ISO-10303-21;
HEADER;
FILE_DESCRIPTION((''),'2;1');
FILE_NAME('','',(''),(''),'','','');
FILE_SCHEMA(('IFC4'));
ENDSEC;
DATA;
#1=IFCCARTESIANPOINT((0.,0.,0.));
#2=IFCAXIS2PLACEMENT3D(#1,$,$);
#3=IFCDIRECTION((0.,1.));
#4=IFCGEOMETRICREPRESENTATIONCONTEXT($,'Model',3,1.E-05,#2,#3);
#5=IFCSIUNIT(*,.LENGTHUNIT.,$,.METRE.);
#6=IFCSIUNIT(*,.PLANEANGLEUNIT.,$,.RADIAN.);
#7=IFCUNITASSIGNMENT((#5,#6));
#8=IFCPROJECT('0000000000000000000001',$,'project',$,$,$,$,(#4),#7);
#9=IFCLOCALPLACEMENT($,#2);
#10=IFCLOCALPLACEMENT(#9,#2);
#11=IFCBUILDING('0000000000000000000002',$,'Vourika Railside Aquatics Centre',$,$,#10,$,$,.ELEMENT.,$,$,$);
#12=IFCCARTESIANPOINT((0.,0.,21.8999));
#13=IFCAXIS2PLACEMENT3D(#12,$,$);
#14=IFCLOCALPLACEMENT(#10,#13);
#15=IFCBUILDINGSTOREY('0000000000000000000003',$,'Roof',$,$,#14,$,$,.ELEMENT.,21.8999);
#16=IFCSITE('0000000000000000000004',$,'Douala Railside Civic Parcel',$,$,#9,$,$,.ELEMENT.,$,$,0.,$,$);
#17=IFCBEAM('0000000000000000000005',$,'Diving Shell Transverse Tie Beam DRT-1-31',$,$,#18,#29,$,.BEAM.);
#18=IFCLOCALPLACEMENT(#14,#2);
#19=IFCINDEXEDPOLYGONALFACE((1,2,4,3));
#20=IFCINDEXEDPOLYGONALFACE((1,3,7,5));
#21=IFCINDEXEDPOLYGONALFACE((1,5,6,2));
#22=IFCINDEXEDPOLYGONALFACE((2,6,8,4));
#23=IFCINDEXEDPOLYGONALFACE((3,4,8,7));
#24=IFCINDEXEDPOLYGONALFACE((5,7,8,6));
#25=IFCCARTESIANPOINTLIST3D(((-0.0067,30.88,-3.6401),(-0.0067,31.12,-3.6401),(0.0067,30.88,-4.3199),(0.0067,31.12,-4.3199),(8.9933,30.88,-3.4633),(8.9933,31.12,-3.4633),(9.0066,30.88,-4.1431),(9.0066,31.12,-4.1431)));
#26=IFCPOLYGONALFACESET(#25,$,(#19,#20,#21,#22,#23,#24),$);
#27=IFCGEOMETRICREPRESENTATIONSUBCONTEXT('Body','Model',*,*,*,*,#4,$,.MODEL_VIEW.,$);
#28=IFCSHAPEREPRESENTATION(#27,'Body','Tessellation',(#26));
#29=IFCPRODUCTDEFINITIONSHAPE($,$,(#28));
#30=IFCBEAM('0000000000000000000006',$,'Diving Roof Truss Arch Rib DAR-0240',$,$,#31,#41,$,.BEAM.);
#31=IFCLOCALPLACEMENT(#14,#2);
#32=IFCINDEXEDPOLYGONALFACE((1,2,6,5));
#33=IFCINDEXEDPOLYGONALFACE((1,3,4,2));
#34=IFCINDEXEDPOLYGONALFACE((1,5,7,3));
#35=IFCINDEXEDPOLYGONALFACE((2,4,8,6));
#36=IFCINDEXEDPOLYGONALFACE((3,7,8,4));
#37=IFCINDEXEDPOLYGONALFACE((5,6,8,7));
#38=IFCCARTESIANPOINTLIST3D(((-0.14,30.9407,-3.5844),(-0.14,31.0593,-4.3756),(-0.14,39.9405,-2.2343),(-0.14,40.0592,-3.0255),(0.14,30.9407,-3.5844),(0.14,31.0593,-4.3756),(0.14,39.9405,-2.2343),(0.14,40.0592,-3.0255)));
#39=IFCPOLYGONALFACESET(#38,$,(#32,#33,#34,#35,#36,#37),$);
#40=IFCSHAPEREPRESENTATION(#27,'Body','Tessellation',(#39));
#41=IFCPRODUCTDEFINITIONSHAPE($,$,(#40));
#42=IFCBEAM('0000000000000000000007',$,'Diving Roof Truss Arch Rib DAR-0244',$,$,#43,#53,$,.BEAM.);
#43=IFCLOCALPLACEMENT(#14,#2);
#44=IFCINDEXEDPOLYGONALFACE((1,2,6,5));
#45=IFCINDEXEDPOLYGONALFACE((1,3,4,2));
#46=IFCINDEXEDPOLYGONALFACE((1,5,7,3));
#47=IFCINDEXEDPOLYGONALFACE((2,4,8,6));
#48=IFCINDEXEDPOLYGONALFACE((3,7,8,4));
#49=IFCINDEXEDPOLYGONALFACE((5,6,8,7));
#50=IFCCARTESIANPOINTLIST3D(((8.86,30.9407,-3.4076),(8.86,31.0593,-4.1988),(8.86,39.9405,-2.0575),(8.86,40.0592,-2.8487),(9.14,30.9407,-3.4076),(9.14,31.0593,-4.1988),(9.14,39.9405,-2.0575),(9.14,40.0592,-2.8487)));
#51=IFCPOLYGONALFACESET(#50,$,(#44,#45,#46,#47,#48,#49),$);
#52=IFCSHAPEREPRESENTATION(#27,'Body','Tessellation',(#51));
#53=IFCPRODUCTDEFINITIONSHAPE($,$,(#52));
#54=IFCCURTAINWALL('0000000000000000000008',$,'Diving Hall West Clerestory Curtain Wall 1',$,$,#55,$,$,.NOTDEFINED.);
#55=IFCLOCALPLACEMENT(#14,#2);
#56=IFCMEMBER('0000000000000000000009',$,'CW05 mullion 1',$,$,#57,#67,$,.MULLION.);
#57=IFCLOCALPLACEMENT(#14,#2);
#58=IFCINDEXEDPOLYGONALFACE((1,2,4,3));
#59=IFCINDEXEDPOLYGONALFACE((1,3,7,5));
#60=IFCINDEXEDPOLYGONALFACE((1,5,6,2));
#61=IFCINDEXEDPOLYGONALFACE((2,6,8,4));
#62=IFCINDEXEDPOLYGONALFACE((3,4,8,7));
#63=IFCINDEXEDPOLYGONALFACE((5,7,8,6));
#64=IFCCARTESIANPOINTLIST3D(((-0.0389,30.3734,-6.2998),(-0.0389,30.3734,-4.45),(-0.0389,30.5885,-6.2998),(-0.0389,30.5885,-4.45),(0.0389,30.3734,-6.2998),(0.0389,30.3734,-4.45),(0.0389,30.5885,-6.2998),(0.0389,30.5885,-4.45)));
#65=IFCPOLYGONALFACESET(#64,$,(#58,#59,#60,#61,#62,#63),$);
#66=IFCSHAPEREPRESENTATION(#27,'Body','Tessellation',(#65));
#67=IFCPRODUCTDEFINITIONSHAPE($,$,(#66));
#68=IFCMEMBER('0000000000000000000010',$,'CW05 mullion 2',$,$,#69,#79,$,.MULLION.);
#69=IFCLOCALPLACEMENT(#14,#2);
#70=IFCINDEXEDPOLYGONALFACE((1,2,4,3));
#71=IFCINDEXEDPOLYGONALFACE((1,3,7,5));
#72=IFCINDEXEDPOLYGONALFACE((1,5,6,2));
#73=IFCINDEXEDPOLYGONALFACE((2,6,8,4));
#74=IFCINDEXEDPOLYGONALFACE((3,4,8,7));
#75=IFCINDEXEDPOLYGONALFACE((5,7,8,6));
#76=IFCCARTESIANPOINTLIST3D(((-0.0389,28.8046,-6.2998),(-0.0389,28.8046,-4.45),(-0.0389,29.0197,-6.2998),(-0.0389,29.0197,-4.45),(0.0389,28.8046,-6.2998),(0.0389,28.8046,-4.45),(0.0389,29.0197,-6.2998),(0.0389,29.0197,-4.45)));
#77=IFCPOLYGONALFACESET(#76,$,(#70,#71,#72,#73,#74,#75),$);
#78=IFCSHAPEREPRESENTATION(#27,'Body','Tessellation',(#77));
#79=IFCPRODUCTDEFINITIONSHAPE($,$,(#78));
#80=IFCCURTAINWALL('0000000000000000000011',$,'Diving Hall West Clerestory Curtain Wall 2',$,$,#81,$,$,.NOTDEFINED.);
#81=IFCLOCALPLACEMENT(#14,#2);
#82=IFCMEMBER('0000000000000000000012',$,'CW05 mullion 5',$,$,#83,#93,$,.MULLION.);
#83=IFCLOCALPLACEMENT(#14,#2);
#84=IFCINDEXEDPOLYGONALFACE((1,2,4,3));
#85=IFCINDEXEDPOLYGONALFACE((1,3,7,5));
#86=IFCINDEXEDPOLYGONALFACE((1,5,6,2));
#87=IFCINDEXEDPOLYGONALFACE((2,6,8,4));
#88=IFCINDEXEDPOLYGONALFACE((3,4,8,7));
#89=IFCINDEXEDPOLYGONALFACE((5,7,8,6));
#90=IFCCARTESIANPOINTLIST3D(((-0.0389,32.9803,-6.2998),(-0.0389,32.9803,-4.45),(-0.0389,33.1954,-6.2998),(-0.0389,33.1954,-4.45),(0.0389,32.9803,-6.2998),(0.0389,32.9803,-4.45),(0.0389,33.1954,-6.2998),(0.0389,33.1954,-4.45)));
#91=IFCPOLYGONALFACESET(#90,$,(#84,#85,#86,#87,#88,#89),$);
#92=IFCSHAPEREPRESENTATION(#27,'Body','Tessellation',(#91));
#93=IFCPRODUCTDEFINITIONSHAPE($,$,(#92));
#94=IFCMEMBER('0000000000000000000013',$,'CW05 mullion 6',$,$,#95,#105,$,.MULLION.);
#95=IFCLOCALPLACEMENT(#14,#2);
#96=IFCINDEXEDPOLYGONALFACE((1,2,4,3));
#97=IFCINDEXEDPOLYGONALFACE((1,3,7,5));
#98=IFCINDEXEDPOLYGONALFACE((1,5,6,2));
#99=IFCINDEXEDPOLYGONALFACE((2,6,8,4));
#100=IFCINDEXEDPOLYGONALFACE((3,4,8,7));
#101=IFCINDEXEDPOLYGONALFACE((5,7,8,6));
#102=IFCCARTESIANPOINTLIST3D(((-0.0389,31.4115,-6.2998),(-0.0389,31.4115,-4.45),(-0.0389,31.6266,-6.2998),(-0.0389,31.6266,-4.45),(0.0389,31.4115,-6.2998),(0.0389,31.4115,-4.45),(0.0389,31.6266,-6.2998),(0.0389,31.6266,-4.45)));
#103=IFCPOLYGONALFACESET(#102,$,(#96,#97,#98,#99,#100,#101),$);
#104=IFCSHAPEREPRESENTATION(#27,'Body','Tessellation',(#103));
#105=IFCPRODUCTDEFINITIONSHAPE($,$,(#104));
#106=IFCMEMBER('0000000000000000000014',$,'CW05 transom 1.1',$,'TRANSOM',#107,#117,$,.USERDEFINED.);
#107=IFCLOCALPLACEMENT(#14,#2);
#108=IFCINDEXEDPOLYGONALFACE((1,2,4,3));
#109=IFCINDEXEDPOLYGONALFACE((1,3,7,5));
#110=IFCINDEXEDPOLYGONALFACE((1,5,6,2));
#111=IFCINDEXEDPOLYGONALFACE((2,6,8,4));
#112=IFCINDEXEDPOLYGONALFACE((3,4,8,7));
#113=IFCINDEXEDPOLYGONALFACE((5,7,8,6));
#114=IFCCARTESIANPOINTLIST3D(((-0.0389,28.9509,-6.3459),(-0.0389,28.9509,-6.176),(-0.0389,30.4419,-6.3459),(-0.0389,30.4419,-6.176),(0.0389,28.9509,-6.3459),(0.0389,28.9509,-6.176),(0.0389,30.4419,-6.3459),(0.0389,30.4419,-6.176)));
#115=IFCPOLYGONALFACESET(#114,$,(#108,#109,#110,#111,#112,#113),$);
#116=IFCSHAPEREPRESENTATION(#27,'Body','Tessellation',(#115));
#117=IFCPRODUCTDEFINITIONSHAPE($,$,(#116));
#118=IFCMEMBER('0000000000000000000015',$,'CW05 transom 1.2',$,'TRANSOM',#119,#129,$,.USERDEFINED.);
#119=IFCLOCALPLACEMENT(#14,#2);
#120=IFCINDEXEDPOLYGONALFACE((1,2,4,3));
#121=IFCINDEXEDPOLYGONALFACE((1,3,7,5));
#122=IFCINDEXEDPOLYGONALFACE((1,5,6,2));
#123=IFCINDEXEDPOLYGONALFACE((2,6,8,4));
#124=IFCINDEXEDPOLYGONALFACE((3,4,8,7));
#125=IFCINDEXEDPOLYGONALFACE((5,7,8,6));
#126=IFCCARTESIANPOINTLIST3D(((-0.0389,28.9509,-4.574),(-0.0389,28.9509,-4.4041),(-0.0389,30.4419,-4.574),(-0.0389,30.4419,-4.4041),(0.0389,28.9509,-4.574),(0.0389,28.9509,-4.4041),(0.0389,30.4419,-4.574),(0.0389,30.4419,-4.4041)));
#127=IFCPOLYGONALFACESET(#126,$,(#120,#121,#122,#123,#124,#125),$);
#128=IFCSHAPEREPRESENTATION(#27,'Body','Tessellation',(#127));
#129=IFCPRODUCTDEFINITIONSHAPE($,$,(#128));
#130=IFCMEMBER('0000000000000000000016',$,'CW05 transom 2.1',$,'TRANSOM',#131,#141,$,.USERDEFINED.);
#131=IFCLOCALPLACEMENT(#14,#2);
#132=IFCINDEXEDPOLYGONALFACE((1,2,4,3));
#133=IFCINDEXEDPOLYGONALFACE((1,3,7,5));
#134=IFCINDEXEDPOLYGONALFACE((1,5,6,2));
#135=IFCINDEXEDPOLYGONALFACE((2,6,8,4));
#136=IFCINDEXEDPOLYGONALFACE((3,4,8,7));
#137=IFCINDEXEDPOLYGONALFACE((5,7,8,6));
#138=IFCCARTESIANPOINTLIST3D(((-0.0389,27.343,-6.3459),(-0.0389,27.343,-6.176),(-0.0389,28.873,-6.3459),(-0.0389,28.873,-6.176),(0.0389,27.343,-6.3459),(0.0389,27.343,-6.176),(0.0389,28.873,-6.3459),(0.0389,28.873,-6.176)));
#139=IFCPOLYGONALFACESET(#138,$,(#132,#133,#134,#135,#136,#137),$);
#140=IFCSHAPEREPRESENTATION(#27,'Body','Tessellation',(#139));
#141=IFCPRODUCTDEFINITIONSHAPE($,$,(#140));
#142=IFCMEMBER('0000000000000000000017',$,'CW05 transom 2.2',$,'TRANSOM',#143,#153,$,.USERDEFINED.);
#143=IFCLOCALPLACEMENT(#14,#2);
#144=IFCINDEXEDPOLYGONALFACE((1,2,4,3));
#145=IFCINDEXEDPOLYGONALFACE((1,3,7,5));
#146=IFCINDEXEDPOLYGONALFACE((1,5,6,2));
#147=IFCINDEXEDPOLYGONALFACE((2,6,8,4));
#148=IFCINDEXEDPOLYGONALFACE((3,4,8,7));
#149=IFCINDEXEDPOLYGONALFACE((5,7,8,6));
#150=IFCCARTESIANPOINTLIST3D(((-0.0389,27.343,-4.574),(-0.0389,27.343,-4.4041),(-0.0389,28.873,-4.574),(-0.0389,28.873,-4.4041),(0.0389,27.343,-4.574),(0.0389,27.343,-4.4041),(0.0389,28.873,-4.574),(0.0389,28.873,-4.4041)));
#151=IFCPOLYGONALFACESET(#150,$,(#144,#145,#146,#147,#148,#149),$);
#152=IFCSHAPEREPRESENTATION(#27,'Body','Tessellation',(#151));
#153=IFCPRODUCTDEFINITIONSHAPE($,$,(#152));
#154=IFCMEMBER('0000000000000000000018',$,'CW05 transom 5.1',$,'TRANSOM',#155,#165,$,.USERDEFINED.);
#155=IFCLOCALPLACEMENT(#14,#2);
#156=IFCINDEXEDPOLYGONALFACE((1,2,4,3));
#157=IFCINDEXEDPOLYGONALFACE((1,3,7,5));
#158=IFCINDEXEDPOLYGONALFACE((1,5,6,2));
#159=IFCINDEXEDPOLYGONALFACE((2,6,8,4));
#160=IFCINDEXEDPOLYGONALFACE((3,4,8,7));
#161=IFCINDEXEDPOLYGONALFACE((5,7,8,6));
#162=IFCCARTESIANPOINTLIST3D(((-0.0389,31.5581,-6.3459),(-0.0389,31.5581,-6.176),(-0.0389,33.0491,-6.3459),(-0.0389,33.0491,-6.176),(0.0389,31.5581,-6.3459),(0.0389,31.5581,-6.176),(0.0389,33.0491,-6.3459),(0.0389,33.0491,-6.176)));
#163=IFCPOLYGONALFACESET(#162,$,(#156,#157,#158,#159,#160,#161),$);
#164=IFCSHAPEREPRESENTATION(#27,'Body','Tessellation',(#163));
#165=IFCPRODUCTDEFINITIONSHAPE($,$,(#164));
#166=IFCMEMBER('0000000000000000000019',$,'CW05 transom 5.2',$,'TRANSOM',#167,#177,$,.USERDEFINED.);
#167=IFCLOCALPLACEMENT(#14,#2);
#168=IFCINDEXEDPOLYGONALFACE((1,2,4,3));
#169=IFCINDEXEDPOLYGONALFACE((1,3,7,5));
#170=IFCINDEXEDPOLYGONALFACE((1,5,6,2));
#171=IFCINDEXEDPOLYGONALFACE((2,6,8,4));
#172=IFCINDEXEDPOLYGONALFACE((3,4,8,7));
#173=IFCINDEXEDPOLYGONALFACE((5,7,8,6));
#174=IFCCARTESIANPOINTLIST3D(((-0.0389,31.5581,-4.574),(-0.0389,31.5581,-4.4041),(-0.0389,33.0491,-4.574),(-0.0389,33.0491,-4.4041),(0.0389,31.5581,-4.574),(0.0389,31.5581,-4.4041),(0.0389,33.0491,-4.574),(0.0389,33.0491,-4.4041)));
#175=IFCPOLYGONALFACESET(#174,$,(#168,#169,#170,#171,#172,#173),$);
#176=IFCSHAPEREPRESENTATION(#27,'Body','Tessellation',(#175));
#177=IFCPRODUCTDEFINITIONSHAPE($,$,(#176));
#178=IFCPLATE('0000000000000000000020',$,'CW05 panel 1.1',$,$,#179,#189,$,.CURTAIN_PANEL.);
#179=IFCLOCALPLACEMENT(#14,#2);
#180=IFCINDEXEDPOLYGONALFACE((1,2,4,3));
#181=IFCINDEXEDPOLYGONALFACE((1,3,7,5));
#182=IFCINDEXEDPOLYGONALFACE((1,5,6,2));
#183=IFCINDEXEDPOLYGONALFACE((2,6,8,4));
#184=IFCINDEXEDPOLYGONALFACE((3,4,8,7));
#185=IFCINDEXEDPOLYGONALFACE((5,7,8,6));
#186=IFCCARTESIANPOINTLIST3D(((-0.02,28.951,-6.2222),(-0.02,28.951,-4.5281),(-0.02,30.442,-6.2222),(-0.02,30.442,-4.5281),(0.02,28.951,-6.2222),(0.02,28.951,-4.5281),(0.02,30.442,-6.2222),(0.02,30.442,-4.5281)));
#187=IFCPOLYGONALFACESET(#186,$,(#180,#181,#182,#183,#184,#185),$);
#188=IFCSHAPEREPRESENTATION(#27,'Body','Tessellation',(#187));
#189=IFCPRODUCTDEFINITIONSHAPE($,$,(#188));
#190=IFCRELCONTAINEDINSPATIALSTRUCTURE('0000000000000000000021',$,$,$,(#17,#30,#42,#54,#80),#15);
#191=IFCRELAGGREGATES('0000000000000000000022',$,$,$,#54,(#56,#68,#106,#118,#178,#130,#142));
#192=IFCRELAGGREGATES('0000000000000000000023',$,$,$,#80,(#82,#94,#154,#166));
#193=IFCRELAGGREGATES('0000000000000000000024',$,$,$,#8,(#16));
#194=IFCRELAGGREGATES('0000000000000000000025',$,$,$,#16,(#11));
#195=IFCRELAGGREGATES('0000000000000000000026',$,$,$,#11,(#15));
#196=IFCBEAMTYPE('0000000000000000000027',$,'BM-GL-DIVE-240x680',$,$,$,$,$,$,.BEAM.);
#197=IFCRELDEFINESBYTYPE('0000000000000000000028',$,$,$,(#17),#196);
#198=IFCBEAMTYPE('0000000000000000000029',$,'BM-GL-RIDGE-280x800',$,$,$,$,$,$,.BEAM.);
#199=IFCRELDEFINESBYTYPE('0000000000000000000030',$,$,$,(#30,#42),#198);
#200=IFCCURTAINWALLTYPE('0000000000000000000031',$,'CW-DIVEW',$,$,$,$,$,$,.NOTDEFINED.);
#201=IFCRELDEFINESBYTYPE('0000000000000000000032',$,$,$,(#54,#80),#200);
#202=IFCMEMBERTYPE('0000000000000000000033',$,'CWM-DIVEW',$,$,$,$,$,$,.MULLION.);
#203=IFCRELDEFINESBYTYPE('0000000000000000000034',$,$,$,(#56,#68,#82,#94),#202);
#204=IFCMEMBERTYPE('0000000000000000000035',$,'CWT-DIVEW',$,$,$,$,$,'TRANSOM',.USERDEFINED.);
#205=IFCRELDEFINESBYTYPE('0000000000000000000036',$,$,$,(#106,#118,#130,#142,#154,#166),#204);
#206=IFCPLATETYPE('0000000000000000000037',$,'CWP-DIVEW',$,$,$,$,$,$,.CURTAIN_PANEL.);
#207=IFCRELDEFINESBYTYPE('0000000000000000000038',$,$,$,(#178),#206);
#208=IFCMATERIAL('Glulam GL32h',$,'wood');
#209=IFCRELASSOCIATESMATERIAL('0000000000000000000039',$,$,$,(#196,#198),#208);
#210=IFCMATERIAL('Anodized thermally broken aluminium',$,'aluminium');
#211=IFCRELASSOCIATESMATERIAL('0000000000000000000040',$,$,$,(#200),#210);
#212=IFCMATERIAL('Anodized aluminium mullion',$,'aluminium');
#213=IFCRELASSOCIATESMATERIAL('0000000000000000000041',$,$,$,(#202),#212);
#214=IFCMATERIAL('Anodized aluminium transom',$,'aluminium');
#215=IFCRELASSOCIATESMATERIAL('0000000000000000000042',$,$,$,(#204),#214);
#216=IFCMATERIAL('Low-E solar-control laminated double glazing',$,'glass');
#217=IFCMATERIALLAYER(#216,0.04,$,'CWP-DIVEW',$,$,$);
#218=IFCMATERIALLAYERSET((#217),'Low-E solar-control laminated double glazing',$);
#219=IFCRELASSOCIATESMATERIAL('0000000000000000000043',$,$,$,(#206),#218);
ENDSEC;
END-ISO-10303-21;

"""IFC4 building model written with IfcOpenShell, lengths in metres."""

from ifc_helpers import new_model, si_unit, direction, frame, origin, origin_2d, place, context, subcontext, project, spatial, rectangle, extrude, material, layer, layer_set, material_profile, profile_set, type_object, element, aggregate, save


model = new_model("IFC4")

# Units and contexts
model_context = context("Model", 3, precision=1e-05, world=origin(), true_north=direction((0.0, 1.0)))
body_context = subcontext(model_context, "Body", "Model", "MODEL_VIEW")
ifc_project = project(units=[si_unit("LENGTHUNIT", "METRE"), si_unit("PLANEANGLEUNIT", "RADIAN")], contexts=[model_context])

# Site, building, storey
site_placement = place(None, origin())
site = spatial("IfcSite", under=ifc_project, at=site_placement, Name="Douala Railside Civic Parcel", CompositionType="ELEMENT", RefElevation=0.0)
building_placement = place(site_placement, origin())
building = spatial("IfcBuilding", under=site, at=building_placement, Name="Vourika Railside Aquatics Centre", CompositionType="ELEMENT")
storey_placement = place(building_placement, frame((0.0, 0.0, 21.8999)))
storey = spatial("IfcBuildingStorey", under=building, at=storey_placement, Name="Roof", CompositionType="ELEMENT", Elevation=21.8999)

# Beams
ifc_material_1 = material(Name="Glulam GL32h", Category="wood")
ifc_material_profile_1 = material_profile(ifc_material_1, rectangle(XDim=0.24, YDim=0.6799, at=origin_2d()), Name="GL32h 240x680")
ifc_profile_set_1 = profile_set([ifc_material_profile_1], Name="Glulam GL32h")
beam_type_1 = type_object("IfcBeamType", Name="BM-GL-DIVE-240x680", PredefinedType="BEAM", material=ifc_profile_set_1)
beam_placement = place(storey_placement, frame((0.0, 31.0, -3.98), z_axis=(0.999807, 0.0, 0.019636), x_axis=(0.0, 1.0, 0.0)))
element("IfcBeam", 1, at=beam_placement, inside=storey, type_object=beam_type_1, Name="Diving Shell Transverse Tie Beam DRT-1-31", PredefinedType="BEAM", context=body_context, shape_type="SweptSolid", body=[
    extrude(rectangle(XDim=0.24, YDim=0.6799, at=origin_2d()), origin(), (0.0, 0.0, 1.0), 9.0017),
])
ifc_material_profile_2 = material_profile(ifc_material_1, rectangle(XDim=0.28, YDim=0.8, at=origin_2d()), Name="GL32h 280x800")
ifc_profile_set_2 = profile_set([ifc_material_profile_2], Name="Glulam GL32h")
beam_type_2 = type_object("IfcBeamType", Name="BM-GL-RIDGE-280x800", PredefinedType="BEAM", material=ifc_profile_set_2)
for number, where, z_axis, x_axis, name in (
    (2, (0.0, 31.0, -3.98), (0.0, 0.988935, 0.148351), (-1.0, 0.0, 0.0), "Diving Roof Truss Arch Rib DAR-0240"),
    (3, (9.0, 31.0, -3.8032), (0.0, 0.988935, 0.148351), (-1.0, 0.0, 0.0), "Diving Roof Truss Arch Rib DAR-0244"),
):
    element("IfcBeam", number, at=place(storey_placement, frame(where, z_axis=z_axis, x_axis=x_axis)), inside=storey, type_object=beam_type_2, Name=name, PredefinedType="BEAM", context=body_context, shape_type="SweptSolid", body=[
        extrude(rectangle(XDim=0.28, YDim=0.8, at=origin_2d()), origin(), (0.0, 0.0, 1.0), 9.1006),
    ])

# Curtain walls, members
ifc_material_2 = material(Name="Anodized thermally broken aluminium", Category="aluminium")
curtain_wall_type = type_object("IfcCurtainWallType", Name="CW-DIVEW", PredefinedType="NOTDEFINED", material=ifc_material_2)
curtain_wall_1_placement = place(storey_placement, origin())
curtain_wall_1 = element("IfcCurtainWall", 4, at=curtain_wall_1_placement, inside=storey, type_object=curtain_wall_type, Name="Diving Hall West Clerestory Curtain Wall 1", PredefinedType="NOTDEFINED")
ifc_material_3 = material(Name="Anodized aluminium mullion", Category="aluminium")
ifc_material_profile_3 = material_profile(ifc_material_3, rectangle(XDim=0.0779, YDim=0.2151, at=origin_2d()), Name="ALU-M 78x215")
ifc_profile_set_3 = profile_set([ifc_material_profile_3], Name="Anodized aluminium mullion")
member_type_1 = type_object("IfcMemberType", Name="CWM-DIVEW", PredefinedType="MULLION", material=ifc_profile_set_3)
member_1_placement = place(storey_placement, frame((0.0, 30.481, -6.2998), z_axis=(0.0, 0.0, 1.0), x_axis=(1.0, 0.0, 0.0)))
member_1 = element("IfcMember", 5, at=member_1_placement, type_object=member_type_1, Name="CW05 mullion 1", PredefinedType="MULLION", context=body_context, shape_type="SweptSolid", body=[
    extrude(rectangle(XDim=0.0779, YDim=0.2151, at=origin_2d()), origin(), (0.0, 0.0, 1.0), 1.8499),
])
member_2_placement = place(storey_placement, frame((0.0, 28.9121, -6.2998), z_axis=(0.0, 0.0, 1.0), x_axis=(1.0, 0.0, 0.0)))
member_2 = element("IfcMember", 6, at=member_2_placement, type_object=member_type_1, Name="CW05 mullion 2", PredefinedType="MULLION", context=body_context, shape_type="SweptSolid", body=[
    extrude(rectangle(XDim=0.0779, YDim=0.2151, at=origin_2d()), origin(), (0.0, 0.0, 1.0), 1.8499),
])
curtain_wall_2_placement = place(storey_placement, origin())
curtain_wall_2 = element("IfcCurtainWall", 7, at=curtain_wall_2_placement, inside=storey, type_object=curtain_wall_type, Name="Diving Hall West Clerestory Curtain Wall 2", PredefinedType="NOTDEFINED")
member_3_placement = place(storey_placement, frame((0.0, 33.0879, -6.2998), z_axis=(0.0, 0.0, 1.0), x_axis=(1.0, 0.0, 0.0)))
member_3 = element("IfcMember", 8, at=member_3_placement, type_object=member_type_1, Name="CW05 mullion 5", PredefinedType="MULLION", context=body_context, shape_type="SweptSolid", body=[
    extrude(rectangle(XDim=0.0779, YDim=0.2151, at=origin_2d()), origin(), (0.0, 0.0, 1.0), 1.8499),
])
member_4_placement = place(storey_placement, frame((0.0, 31.519, -6.2998), z_axis=(0.0, 0.0, 1.0), x_axis=(1.0, 0.0, 0.0)))
member_4 = element("IfcMember", 9, at=member_4_placement, type_object=member_type_1, Name="CW05 mullion 6", PredefinedType="MULLION", context=body_context, shape_type="SweptSolid", body=[
    extrude(rectangle(XDim=0.0779, YDim=0.2151, at=origin_2d()), origin(), (0.0, 0.0, 1.0), 1.8499),
])

# Members
ifc_material_4 = material(Name="Anodized aluminium transom", Category="aluminium")
ifc_material_profile_4 = material_profile(ifc_material_4, rectangle(XDim=0.0779, YDim=0.1699, at=origin_2d()), Name="ALU-T 78x170")
ifc_profile_set_4 = profile_set([ifc_material_profile_4], Name="Anodized aluminium transom")
member_type_2 = type_object("IfcMemberType", Name="CWT-DIVEW", ElementType="TRANSOM", PredefinedType="USERDEFINED", material=ifc_profile_set_4)
member_5_placement = place(storey_placement, frame((0.0, 30.4419, -6.261), z_axis=(0.0, -1.0, 0.0), x_axis=(1.0, 0.0, 0.0)))
member_5 = element("IfcMember", 10, at=member_5_placement, type_object=member_type_2, Name="CW05 transom 1.1", ObjectType="TRANSOM", PredefinedType="USERDEFINED", context=body_context, shape_type="SweptSolid", body=[
    extrude(rectangle(XDim=0.0779, YDim=0.1699, at=origin_2d()), origin(), (0.0, 0.0, 1.0), 1.491),
])
member_6_placement = place(storey_placement, frame((0.0, 30.4419, -4.489), z_axis=(0.0, -1.0, 0.0), x_axis=(1.0, 0.0, 0.0)))
member_6 = element("IfcMember", 11, at=member_6_placement, type_object=member_type_2, Name="CW05 transom 1.2", ObjectType="TRANSOM", PredefinedType="USERDEFINED", context=body_context, shape_type="SweptSolid", body=[
    extrude(rectangle(XDim=0.0779, YDim=0.1699, at=origin_2d()), origin(), (0.0, 0.0, 1.0), 1.491),
])
member_7_placement = place(storey_placement, frame((0.0, 28.873, -6.261), z_axis=(0.0, -1.0, 0.0), x_axis=(1.0, 0.0, 0.0)))
member_7 = element("IfcMember", 12, at=member_7_placement, type_object=member_type_2, Name="CW05 transom 2.1", ObjectType="TRANSOM", PredefinedType="USERDEFINED", context=body_context, shape_type="SweptSolid", body=[
    extrude(rectangle(XDim=0.0779, YDim=0.1699, at=origin_2d()), origin(), (0.0, 0.0, 1.0), 1.53),
])
member_8_placement = place(storey_placement, frame((0.0, 28.873, -4.489), z_axis=(0.0, -1.0, 0.0), x_axis=(1.0, 0.0, 0.0)))
member_8 = element("IfcMember", 13, at=member_8_placement, type_object=member_type_2, Name="CW05 transom 2.2", ObjectType="TRANSOM", PredefinedType="USERDEFINED", context=body_context, shape_type="SweptSolid", body=[
    extrude(rectangle(XDim=0.0779, YDim=0.1699, at=origin_2d()), origin(), (0.0, 0.0, 1.0), 1.53),
])
member_9_placement = place(storey_placement, frame((0.0, 33.0491, -6.261), z_axis=(0.0, -1.0, 0.0), x_axis=(1.0, 0.0, 0.0)))
member_9 = element("IfcMember", 14, at=member_9_placement, type_object=member_type_2, Name="CW05 transom 5.1", ObjectType="TRANSOM", PredefinedType="USERDEFINED", context=body_context, shape_type="SweptSolid", body=[
    extrude(rectangle(XDim=0.0779, YDim=0.1699, at=origin_2d()), origin(), (0.0, 0.0, 1.0), 1.491),
])
member_10_placement = place(storey_placement, frame((0.0, 33.0491, -4.489), z_axis=(0.0, -1.0, 0.0), x_axis=(1.0, 0.0, 0.0)))
member_10 = element("IfcMember", 15, at=member_10_placement, type_object=member_type_2, Name="CW05 transom 5.2", ObjectType="TRANSOM", PredefinedType="USERDEFINED", context=body_context, shape_type="SweptSolid", body=[
    extrude(rectangle(XDim=0.0779, YDim=0.1699, at=origin_2d()), origin(), (0.0, 0.0, 1.0), 1.491),
])

# Plate
ifc_material_5 = material(Name="Low-E solar-control laminated double glazing", Category="glass")
ifc_layer_1 = layer(ifc_material_5, 0.04, Name="CWP-DIVEW")
ifc_layer_set_1 = layer_set([ifc_layer_1], Name="Low-E solar-control laminated double glazing")
plate_type = type_object("IfcPlateType", Name="CWP-DIVEW", PredefinedType="CURTAIN_PANEL", material=ifc_layer_set_1)
plate_1_placement = place(storey_placement, frame((0.0, 29.6965, -6.2222), z_axis=(0.0, 0.0, 1.0), x_axis=(0.0, -1.0, 0.0)))
plate_1 = element("IfcPlate", 16, at=plate_1_placement, type_object=plate_type, Name="CW05 panel 1.1", PredefinedType="CURTAIN_PANEL", context=body_context, shape_type="SweptSolid", body=[
    extrude(rectangle(XDim=1.491, YDim=0.04, at=origin_2d()), origin(), (0.0, 0.0, 1.0), 1.6941),
])
aggregate(curtain_wall_1, [member_1, member_2, member_5, member_6, plate_1, member_7, member_8])
aggregate(curtain_wall_2, [member_3, member_4, member_9, member_10])

save(model, "model.ifc")
